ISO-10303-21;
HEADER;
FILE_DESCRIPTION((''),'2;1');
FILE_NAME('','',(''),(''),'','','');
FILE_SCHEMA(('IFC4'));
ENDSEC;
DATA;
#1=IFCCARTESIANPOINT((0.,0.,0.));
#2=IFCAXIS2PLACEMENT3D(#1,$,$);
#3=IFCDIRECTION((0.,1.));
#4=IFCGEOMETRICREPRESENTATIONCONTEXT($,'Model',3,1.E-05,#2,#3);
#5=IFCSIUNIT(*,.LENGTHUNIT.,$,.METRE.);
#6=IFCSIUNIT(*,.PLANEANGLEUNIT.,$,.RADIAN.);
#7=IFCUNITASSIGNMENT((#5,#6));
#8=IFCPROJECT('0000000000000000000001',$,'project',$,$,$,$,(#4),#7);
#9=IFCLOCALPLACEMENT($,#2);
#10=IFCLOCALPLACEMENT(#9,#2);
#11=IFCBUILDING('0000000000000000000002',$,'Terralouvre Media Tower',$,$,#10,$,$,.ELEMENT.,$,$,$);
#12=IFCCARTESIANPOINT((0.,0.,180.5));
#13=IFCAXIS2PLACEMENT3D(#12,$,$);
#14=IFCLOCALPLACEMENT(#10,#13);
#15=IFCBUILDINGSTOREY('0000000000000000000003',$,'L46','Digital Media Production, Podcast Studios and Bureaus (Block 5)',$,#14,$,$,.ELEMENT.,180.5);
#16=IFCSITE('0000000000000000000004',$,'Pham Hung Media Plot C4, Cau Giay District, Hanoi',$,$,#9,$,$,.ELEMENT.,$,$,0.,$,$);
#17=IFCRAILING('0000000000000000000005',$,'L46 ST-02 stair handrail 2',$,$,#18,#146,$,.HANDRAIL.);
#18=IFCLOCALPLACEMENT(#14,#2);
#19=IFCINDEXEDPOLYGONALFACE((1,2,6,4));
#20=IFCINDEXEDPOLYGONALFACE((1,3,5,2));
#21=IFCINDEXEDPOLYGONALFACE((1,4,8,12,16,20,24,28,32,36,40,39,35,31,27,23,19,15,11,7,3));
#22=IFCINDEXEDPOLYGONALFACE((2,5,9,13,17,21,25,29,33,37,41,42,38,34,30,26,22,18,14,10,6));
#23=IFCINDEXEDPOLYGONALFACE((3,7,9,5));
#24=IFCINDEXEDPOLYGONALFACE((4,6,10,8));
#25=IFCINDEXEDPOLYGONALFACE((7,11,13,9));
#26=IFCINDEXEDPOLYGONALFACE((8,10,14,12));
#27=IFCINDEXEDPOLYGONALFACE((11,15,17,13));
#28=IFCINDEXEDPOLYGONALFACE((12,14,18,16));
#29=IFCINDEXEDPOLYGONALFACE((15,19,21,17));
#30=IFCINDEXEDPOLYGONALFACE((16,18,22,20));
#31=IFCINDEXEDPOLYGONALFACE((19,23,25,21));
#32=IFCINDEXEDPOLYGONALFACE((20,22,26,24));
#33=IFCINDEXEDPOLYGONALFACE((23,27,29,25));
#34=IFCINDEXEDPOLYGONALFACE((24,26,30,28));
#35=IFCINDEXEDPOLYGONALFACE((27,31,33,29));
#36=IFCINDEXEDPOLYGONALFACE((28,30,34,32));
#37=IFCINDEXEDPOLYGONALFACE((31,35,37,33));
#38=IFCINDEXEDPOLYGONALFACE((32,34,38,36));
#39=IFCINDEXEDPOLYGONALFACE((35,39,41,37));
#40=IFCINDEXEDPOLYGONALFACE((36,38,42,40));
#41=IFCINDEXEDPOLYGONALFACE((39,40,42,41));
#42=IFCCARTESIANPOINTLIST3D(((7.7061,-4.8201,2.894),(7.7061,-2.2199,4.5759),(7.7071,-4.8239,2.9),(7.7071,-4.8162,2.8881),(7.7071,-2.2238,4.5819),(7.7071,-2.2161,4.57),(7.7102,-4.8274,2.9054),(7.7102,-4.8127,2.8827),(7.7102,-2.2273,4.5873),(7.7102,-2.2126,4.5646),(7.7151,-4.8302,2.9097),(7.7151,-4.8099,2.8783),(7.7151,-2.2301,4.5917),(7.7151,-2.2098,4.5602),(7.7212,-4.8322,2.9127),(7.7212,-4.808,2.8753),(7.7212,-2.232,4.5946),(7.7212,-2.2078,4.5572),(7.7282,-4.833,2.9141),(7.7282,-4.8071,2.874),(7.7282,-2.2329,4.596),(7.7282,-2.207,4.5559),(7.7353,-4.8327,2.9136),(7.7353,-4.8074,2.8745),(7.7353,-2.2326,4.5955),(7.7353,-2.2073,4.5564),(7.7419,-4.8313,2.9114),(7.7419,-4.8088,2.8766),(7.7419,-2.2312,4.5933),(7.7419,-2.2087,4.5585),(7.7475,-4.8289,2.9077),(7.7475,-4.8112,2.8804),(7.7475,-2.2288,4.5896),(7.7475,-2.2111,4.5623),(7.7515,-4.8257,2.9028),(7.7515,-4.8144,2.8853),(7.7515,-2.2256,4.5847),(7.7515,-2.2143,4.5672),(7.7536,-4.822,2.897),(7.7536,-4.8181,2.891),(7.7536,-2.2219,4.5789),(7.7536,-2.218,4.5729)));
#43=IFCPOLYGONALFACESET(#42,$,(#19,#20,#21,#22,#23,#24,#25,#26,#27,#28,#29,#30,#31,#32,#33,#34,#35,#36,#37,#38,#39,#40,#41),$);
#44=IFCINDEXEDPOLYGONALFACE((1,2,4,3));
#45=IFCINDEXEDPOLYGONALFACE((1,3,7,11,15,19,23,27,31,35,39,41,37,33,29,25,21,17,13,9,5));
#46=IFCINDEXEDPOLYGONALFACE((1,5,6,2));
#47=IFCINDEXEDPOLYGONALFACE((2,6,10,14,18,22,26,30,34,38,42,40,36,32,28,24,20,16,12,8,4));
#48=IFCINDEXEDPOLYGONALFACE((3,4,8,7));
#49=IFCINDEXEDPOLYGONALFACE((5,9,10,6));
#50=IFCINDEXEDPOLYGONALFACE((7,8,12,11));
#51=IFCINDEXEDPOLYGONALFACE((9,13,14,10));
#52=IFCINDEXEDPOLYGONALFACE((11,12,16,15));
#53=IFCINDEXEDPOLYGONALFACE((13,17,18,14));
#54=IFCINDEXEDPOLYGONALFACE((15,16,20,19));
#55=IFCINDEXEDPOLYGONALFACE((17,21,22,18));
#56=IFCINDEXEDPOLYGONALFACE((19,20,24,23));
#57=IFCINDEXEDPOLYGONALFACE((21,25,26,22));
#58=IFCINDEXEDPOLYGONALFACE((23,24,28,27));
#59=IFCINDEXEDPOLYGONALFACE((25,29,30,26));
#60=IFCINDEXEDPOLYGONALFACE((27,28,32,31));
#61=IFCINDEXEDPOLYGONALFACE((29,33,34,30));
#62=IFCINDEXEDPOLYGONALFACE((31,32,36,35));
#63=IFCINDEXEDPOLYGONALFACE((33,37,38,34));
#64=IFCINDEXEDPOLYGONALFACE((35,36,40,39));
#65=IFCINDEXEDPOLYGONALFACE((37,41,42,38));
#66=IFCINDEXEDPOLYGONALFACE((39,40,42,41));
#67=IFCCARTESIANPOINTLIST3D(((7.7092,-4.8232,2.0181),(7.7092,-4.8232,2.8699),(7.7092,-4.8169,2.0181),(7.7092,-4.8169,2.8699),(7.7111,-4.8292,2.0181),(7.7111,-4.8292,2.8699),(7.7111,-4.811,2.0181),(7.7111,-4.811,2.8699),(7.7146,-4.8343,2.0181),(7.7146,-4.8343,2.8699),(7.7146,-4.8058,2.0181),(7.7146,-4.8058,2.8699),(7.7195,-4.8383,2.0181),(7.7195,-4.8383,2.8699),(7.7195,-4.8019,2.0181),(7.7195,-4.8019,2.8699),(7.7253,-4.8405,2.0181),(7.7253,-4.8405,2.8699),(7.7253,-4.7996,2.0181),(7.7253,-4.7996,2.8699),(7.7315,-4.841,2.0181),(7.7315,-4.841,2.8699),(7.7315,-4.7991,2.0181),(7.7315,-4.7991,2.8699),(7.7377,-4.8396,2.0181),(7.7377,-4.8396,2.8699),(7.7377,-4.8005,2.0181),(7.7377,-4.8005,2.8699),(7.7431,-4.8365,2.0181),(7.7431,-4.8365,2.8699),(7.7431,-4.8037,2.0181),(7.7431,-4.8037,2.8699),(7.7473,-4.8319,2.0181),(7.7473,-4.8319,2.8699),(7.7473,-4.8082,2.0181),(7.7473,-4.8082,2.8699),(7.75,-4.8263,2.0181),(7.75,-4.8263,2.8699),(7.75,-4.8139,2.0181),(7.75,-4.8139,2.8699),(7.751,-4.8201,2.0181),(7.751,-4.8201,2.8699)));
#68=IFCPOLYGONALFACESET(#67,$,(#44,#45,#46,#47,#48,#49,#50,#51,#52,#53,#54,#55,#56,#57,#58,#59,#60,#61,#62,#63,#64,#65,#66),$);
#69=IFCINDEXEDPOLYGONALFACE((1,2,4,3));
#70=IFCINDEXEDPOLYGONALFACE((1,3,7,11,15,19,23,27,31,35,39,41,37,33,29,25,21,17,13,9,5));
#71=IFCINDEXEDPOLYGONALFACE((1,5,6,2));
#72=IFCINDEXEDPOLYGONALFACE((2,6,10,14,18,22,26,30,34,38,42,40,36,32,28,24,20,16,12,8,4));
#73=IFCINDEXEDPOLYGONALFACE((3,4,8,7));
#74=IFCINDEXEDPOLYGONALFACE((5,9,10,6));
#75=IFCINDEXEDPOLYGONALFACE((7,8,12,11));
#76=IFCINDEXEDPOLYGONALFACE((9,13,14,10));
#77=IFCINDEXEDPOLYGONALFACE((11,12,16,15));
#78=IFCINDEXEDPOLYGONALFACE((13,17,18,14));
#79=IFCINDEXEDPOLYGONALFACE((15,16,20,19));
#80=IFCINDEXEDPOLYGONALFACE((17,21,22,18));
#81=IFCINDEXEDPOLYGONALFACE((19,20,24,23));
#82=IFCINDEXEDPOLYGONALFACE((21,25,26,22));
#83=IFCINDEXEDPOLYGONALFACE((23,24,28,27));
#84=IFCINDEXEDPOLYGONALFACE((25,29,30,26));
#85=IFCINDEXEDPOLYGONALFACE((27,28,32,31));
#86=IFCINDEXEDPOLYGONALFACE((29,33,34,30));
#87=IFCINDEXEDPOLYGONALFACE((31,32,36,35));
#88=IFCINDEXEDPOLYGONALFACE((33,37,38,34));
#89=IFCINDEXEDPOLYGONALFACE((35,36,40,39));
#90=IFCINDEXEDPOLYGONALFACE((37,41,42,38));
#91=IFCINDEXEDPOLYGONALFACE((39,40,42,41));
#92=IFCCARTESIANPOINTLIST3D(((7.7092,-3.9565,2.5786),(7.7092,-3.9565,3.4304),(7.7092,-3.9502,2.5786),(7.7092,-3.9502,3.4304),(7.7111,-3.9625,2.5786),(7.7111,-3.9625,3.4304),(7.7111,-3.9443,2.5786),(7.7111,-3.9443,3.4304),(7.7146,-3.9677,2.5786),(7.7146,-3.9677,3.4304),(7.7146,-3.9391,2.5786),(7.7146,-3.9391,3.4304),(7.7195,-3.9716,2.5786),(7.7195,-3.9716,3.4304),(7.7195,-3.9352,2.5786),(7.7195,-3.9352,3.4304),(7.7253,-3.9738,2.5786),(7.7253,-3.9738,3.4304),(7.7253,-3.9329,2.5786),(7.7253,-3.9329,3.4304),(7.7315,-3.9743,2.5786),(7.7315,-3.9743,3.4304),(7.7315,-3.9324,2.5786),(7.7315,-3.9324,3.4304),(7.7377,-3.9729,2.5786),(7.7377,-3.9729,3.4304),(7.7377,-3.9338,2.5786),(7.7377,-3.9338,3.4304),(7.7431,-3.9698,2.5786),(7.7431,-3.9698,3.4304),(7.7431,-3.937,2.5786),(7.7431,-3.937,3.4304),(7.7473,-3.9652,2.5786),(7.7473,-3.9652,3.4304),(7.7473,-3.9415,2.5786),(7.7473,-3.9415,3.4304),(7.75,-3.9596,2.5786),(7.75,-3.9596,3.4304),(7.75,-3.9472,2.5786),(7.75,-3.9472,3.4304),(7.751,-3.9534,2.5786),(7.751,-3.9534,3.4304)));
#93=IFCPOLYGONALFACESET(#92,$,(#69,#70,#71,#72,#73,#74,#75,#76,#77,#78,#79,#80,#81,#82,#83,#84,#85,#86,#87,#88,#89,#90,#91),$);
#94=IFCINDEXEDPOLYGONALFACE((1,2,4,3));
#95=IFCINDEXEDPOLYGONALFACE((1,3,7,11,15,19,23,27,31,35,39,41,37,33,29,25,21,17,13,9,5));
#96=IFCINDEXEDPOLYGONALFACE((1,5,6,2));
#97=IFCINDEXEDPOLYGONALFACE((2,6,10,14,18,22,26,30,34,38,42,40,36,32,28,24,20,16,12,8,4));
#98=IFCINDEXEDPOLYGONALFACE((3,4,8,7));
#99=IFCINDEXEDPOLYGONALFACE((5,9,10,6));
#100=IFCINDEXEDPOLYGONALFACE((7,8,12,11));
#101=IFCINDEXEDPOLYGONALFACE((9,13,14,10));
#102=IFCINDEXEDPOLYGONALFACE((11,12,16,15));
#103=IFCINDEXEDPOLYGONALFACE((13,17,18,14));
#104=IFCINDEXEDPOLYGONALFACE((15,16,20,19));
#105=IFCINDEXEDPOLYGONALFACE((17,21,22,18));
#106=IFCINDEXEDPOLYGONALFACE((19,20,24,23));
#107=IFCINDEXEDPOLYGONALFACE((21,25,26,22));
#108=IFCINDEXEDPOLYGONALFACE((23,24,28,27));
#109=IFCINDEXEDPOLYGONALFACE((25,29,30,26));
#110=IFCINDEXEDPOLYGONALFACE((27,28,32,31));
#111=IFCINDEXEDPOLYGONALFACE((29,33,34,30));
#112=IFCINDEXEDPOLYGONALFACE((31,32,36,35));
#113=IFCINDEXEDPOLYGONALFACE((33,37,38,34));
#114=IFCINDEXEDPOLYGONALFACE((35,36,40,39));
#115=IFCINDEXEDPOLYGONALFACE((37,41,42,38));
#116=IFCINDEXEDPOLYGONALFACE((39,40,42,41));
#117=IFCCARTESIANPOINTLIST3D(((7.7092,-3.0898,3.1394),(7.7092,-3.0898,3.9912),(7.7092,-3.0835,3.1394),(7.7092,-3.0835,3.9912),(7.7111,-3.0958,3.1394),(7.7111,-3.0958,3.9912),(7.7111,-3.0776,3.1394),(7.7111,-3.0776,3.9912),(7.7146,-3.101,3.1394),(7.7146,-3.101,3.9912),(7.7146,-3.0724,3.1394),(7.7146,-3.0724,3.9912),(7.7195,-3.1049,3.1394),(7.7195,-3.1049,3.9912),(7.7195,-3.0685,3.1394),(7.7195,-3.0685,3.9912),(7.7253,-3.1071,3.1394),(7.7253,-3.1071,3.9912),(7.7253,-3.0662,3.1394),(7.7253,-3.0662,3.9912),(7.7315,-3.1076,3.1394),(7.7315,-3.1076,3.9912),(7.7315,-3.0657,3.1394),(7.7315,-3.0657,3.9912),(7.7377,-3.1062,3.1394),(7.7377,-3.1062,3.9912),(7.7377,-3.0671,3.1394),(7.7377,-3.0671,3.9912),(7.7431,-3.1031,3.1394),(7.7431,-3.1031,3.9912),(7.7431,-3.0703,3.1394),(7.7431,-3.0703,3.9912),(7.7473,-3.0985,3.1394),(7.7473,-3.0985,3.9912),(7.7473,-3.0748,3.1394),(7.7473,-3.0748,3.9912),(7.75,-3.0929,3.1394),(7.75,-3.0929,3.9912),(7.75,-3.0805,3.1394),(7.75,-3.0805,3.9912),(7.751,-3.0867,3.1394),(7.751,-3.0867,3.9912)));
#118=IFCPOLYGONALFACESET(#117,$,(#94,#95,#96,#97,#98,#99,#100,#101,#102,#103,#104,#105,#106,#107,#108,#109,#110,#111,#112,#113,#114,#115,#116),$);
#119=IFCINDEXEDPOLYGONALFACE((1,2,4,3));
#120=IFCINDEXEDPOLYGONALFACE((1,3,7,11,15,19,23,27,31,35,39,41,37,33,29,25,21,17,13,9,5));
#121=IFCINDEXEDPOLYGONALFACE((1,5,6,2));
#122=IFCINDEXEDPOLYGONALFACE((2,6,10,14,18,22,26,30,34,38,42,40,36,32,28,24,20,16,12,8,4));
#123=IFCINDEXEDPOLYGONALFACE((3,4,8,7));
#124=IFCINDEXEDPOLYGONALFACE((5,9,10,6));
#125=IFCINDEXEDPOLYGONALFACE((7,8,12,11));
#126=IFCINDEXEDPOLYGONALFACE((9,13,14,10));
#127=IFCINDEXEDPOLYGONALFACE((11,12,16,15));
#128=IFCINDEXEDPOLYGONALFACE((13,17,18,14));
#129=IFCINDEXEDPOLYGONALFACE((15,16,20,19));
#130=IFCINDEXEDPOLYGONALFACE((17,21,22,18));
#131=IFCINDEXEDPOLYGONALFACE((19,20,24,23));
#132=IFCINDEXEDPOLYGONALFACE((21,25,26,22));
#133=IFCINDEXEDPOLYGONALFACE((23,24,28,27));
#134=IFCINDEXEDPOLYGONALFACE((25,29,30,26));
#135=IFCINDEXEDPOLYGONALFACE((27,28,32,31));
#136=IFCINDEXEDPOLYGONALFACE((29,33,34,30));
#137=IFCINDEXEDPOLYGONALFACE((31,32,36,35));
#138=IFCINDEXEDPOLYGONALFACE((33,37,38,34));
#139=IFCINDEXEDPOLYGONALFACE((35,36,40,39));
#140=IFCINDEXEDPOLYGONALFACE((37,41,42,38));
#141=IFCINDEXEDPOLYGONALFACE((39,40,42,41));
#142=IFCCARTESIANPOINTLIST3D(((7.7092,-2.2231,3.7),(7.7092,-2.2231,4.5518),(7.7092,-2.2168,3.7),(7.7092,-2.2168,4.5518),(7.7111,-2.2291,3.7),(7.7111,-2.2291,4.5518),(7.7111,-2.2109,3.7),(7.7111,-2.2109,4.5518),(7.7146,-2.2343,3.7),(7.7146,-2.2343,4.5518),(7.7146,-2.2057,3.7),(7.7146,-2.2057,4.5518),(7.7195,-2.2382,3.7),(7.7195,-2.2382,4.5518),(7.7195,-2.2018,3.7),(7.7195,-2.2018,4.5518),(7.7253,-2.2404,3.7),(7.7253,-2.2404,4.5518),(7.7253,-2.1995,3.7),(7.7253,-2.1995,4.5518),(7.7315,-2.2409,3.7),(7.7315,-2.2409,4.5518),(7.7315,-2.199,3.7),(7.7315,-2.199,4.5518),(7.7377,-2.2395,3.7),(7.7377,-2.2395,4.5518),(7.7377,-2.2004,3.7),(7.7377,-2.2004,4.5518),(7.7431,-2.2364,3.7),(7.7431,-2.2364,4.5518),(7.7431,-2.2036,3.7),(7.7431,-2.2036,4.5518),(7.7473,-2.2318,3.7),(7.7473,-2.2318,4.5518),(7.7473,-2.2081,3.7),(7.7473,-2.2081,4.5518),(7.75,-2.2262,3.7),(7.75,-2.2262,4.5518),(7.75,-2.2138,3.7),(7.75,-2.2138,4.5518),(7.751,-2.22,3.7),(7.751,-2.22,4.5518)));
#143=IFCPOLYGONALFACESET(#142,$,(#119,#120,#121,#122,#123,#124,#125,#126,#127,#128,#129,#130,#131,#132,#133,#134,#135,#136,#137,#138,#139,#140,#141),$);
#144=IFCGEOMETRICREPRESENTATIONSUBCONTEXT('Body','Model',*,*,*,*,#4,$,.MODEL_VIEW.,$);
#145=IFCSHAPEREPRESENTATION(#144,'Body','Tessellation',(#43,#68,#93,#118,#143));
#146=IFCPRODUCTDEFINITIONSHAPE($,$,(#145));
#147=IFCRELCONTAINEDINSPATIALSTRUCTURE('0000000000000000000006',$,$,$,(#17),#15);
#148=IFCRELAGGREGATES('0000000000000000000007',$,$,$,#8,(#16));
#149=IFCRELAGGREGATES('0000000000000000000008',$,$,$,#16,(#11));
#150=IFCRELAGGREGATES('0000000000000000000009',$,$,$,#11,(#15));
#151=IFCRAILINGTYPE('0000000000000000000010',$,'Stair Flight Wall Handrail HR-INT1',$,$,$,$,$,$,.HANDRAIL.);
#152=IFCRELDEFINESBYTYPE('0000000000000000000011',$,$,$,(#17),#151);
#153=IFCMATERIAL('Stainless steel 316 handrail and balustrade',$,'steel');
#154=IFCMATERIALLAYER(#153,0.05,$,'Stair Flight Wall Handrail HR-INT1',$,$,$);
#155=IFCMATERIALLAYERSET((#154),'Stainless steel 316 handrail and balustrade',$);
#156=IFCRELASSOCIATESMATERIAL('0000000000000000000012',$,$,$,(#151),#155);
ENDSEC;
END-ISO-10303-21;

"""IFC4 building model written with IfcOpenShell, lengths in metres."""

from ifc_helpers import new_model, si_unit, direction, frame, origin, origin_2d, place, context, subcontext, project, spatial, circle, extrude, material, layer, layer_set, type_object, element, save


model = new_model("IFC4")

# Units and contexts
model_context = context("Model", 3, precision=1e-05, world=origin(), true_north=direction((0.0, 1.0)))
body_context = subcontext(model_context, "Body", "Model", "MODEL_VIEW")
ifc_project = project(units=[si_unit("LENGTHUNIT", "METRE"), si_unit("PLANEANGLEUNIT", "RADIAN")], contexts=[model_context])

# Site, building, storey
site_placement = place(None, origin())
site = spatial("IfcSite", under=ifc_project, at=site_placement, Name="Pham Hung Media Plot C4, Cau Giay District, Hanoi", CompositionType="ELEMENT", RefElevation=0.0)
building_placement = place(site_placement, origin())
building = spatial("IfcBuilding", under=site, at=building_placement, Name="Terralouvre Media Tower", CompositionType="ELEMENT")
storey_placement = place(building_placement, frame((0.0, 0.0, 180.5)))
storey = spatial("IfcBuildingStorey", under=building, at=storey_placement, Name="L46", Description="Digital Media Production, Podcast Studios and Bureaus (Block 5)", CompositionType="ELEMENT", Elevation=180.5)

# Railing
ifc_material_1 = material(Name="Stainless steel 316 handrail and balustrade", Category="steel")
ifc_layer_1 = layer(ifc_material_1, 0.05, Name="Stair Flight Wall Handrail HR-INT1")
ifc_layer_set_1 = layer_set([ifc_layer_1], Name="Stainless steel 316 handrail and balustrade")
railing_type_1 = type_object("IfcRailingType", Name="Stair Flight Wall Handrail HR-INT1", PredefinedType="HANDRAIL", material=ifc_layer_set_1)
railing_1_placement = place(storey_placement, frame((7.73, -4.8201, 2.0181)))
element("IfcRailing", 1, at=railing_1_placement, inside=storey, type_object=railing_type_1, Name="L46 ST-02 stair handrail 2", PredefinedType="HANDRAIL", context=body_context, shape_type="SweptSolid", body=[
    extrude(circle(Radius=0.0239, at=origin_2d()), frame((0.0, 0.0, 0.876), z_axis=(0.0, 0.839648, 0.54313), x_axis=(-1.0, 0.0, 0.0)), (0.0, 0.0, 1.0), 3.0967),
    extrude(circle(Radius=0.021, at=origin_2d()), origin(), (0.0, 0.0, 1.0), 0.8518),
    extrude(circle(Radius=0.021, at=origin_2d()), frame((0.0, 0.8667, 0.5605)), (0.0, 0.0, 1.0), 0.8518),
    extrude(circle(Radius=0.021, at=origin_2d()), frame((0.0, 1.7334, 1.1213)), (0.0, 0.0, 1.0), 0.8518),
    extrude(circle(Radius=0.021, at=origin_2d()), frame((0.0, 2.6001, 1.6819)), (0.0, 0.0, 1.0), 0.8518),
])

save(model, "model.ifc")
